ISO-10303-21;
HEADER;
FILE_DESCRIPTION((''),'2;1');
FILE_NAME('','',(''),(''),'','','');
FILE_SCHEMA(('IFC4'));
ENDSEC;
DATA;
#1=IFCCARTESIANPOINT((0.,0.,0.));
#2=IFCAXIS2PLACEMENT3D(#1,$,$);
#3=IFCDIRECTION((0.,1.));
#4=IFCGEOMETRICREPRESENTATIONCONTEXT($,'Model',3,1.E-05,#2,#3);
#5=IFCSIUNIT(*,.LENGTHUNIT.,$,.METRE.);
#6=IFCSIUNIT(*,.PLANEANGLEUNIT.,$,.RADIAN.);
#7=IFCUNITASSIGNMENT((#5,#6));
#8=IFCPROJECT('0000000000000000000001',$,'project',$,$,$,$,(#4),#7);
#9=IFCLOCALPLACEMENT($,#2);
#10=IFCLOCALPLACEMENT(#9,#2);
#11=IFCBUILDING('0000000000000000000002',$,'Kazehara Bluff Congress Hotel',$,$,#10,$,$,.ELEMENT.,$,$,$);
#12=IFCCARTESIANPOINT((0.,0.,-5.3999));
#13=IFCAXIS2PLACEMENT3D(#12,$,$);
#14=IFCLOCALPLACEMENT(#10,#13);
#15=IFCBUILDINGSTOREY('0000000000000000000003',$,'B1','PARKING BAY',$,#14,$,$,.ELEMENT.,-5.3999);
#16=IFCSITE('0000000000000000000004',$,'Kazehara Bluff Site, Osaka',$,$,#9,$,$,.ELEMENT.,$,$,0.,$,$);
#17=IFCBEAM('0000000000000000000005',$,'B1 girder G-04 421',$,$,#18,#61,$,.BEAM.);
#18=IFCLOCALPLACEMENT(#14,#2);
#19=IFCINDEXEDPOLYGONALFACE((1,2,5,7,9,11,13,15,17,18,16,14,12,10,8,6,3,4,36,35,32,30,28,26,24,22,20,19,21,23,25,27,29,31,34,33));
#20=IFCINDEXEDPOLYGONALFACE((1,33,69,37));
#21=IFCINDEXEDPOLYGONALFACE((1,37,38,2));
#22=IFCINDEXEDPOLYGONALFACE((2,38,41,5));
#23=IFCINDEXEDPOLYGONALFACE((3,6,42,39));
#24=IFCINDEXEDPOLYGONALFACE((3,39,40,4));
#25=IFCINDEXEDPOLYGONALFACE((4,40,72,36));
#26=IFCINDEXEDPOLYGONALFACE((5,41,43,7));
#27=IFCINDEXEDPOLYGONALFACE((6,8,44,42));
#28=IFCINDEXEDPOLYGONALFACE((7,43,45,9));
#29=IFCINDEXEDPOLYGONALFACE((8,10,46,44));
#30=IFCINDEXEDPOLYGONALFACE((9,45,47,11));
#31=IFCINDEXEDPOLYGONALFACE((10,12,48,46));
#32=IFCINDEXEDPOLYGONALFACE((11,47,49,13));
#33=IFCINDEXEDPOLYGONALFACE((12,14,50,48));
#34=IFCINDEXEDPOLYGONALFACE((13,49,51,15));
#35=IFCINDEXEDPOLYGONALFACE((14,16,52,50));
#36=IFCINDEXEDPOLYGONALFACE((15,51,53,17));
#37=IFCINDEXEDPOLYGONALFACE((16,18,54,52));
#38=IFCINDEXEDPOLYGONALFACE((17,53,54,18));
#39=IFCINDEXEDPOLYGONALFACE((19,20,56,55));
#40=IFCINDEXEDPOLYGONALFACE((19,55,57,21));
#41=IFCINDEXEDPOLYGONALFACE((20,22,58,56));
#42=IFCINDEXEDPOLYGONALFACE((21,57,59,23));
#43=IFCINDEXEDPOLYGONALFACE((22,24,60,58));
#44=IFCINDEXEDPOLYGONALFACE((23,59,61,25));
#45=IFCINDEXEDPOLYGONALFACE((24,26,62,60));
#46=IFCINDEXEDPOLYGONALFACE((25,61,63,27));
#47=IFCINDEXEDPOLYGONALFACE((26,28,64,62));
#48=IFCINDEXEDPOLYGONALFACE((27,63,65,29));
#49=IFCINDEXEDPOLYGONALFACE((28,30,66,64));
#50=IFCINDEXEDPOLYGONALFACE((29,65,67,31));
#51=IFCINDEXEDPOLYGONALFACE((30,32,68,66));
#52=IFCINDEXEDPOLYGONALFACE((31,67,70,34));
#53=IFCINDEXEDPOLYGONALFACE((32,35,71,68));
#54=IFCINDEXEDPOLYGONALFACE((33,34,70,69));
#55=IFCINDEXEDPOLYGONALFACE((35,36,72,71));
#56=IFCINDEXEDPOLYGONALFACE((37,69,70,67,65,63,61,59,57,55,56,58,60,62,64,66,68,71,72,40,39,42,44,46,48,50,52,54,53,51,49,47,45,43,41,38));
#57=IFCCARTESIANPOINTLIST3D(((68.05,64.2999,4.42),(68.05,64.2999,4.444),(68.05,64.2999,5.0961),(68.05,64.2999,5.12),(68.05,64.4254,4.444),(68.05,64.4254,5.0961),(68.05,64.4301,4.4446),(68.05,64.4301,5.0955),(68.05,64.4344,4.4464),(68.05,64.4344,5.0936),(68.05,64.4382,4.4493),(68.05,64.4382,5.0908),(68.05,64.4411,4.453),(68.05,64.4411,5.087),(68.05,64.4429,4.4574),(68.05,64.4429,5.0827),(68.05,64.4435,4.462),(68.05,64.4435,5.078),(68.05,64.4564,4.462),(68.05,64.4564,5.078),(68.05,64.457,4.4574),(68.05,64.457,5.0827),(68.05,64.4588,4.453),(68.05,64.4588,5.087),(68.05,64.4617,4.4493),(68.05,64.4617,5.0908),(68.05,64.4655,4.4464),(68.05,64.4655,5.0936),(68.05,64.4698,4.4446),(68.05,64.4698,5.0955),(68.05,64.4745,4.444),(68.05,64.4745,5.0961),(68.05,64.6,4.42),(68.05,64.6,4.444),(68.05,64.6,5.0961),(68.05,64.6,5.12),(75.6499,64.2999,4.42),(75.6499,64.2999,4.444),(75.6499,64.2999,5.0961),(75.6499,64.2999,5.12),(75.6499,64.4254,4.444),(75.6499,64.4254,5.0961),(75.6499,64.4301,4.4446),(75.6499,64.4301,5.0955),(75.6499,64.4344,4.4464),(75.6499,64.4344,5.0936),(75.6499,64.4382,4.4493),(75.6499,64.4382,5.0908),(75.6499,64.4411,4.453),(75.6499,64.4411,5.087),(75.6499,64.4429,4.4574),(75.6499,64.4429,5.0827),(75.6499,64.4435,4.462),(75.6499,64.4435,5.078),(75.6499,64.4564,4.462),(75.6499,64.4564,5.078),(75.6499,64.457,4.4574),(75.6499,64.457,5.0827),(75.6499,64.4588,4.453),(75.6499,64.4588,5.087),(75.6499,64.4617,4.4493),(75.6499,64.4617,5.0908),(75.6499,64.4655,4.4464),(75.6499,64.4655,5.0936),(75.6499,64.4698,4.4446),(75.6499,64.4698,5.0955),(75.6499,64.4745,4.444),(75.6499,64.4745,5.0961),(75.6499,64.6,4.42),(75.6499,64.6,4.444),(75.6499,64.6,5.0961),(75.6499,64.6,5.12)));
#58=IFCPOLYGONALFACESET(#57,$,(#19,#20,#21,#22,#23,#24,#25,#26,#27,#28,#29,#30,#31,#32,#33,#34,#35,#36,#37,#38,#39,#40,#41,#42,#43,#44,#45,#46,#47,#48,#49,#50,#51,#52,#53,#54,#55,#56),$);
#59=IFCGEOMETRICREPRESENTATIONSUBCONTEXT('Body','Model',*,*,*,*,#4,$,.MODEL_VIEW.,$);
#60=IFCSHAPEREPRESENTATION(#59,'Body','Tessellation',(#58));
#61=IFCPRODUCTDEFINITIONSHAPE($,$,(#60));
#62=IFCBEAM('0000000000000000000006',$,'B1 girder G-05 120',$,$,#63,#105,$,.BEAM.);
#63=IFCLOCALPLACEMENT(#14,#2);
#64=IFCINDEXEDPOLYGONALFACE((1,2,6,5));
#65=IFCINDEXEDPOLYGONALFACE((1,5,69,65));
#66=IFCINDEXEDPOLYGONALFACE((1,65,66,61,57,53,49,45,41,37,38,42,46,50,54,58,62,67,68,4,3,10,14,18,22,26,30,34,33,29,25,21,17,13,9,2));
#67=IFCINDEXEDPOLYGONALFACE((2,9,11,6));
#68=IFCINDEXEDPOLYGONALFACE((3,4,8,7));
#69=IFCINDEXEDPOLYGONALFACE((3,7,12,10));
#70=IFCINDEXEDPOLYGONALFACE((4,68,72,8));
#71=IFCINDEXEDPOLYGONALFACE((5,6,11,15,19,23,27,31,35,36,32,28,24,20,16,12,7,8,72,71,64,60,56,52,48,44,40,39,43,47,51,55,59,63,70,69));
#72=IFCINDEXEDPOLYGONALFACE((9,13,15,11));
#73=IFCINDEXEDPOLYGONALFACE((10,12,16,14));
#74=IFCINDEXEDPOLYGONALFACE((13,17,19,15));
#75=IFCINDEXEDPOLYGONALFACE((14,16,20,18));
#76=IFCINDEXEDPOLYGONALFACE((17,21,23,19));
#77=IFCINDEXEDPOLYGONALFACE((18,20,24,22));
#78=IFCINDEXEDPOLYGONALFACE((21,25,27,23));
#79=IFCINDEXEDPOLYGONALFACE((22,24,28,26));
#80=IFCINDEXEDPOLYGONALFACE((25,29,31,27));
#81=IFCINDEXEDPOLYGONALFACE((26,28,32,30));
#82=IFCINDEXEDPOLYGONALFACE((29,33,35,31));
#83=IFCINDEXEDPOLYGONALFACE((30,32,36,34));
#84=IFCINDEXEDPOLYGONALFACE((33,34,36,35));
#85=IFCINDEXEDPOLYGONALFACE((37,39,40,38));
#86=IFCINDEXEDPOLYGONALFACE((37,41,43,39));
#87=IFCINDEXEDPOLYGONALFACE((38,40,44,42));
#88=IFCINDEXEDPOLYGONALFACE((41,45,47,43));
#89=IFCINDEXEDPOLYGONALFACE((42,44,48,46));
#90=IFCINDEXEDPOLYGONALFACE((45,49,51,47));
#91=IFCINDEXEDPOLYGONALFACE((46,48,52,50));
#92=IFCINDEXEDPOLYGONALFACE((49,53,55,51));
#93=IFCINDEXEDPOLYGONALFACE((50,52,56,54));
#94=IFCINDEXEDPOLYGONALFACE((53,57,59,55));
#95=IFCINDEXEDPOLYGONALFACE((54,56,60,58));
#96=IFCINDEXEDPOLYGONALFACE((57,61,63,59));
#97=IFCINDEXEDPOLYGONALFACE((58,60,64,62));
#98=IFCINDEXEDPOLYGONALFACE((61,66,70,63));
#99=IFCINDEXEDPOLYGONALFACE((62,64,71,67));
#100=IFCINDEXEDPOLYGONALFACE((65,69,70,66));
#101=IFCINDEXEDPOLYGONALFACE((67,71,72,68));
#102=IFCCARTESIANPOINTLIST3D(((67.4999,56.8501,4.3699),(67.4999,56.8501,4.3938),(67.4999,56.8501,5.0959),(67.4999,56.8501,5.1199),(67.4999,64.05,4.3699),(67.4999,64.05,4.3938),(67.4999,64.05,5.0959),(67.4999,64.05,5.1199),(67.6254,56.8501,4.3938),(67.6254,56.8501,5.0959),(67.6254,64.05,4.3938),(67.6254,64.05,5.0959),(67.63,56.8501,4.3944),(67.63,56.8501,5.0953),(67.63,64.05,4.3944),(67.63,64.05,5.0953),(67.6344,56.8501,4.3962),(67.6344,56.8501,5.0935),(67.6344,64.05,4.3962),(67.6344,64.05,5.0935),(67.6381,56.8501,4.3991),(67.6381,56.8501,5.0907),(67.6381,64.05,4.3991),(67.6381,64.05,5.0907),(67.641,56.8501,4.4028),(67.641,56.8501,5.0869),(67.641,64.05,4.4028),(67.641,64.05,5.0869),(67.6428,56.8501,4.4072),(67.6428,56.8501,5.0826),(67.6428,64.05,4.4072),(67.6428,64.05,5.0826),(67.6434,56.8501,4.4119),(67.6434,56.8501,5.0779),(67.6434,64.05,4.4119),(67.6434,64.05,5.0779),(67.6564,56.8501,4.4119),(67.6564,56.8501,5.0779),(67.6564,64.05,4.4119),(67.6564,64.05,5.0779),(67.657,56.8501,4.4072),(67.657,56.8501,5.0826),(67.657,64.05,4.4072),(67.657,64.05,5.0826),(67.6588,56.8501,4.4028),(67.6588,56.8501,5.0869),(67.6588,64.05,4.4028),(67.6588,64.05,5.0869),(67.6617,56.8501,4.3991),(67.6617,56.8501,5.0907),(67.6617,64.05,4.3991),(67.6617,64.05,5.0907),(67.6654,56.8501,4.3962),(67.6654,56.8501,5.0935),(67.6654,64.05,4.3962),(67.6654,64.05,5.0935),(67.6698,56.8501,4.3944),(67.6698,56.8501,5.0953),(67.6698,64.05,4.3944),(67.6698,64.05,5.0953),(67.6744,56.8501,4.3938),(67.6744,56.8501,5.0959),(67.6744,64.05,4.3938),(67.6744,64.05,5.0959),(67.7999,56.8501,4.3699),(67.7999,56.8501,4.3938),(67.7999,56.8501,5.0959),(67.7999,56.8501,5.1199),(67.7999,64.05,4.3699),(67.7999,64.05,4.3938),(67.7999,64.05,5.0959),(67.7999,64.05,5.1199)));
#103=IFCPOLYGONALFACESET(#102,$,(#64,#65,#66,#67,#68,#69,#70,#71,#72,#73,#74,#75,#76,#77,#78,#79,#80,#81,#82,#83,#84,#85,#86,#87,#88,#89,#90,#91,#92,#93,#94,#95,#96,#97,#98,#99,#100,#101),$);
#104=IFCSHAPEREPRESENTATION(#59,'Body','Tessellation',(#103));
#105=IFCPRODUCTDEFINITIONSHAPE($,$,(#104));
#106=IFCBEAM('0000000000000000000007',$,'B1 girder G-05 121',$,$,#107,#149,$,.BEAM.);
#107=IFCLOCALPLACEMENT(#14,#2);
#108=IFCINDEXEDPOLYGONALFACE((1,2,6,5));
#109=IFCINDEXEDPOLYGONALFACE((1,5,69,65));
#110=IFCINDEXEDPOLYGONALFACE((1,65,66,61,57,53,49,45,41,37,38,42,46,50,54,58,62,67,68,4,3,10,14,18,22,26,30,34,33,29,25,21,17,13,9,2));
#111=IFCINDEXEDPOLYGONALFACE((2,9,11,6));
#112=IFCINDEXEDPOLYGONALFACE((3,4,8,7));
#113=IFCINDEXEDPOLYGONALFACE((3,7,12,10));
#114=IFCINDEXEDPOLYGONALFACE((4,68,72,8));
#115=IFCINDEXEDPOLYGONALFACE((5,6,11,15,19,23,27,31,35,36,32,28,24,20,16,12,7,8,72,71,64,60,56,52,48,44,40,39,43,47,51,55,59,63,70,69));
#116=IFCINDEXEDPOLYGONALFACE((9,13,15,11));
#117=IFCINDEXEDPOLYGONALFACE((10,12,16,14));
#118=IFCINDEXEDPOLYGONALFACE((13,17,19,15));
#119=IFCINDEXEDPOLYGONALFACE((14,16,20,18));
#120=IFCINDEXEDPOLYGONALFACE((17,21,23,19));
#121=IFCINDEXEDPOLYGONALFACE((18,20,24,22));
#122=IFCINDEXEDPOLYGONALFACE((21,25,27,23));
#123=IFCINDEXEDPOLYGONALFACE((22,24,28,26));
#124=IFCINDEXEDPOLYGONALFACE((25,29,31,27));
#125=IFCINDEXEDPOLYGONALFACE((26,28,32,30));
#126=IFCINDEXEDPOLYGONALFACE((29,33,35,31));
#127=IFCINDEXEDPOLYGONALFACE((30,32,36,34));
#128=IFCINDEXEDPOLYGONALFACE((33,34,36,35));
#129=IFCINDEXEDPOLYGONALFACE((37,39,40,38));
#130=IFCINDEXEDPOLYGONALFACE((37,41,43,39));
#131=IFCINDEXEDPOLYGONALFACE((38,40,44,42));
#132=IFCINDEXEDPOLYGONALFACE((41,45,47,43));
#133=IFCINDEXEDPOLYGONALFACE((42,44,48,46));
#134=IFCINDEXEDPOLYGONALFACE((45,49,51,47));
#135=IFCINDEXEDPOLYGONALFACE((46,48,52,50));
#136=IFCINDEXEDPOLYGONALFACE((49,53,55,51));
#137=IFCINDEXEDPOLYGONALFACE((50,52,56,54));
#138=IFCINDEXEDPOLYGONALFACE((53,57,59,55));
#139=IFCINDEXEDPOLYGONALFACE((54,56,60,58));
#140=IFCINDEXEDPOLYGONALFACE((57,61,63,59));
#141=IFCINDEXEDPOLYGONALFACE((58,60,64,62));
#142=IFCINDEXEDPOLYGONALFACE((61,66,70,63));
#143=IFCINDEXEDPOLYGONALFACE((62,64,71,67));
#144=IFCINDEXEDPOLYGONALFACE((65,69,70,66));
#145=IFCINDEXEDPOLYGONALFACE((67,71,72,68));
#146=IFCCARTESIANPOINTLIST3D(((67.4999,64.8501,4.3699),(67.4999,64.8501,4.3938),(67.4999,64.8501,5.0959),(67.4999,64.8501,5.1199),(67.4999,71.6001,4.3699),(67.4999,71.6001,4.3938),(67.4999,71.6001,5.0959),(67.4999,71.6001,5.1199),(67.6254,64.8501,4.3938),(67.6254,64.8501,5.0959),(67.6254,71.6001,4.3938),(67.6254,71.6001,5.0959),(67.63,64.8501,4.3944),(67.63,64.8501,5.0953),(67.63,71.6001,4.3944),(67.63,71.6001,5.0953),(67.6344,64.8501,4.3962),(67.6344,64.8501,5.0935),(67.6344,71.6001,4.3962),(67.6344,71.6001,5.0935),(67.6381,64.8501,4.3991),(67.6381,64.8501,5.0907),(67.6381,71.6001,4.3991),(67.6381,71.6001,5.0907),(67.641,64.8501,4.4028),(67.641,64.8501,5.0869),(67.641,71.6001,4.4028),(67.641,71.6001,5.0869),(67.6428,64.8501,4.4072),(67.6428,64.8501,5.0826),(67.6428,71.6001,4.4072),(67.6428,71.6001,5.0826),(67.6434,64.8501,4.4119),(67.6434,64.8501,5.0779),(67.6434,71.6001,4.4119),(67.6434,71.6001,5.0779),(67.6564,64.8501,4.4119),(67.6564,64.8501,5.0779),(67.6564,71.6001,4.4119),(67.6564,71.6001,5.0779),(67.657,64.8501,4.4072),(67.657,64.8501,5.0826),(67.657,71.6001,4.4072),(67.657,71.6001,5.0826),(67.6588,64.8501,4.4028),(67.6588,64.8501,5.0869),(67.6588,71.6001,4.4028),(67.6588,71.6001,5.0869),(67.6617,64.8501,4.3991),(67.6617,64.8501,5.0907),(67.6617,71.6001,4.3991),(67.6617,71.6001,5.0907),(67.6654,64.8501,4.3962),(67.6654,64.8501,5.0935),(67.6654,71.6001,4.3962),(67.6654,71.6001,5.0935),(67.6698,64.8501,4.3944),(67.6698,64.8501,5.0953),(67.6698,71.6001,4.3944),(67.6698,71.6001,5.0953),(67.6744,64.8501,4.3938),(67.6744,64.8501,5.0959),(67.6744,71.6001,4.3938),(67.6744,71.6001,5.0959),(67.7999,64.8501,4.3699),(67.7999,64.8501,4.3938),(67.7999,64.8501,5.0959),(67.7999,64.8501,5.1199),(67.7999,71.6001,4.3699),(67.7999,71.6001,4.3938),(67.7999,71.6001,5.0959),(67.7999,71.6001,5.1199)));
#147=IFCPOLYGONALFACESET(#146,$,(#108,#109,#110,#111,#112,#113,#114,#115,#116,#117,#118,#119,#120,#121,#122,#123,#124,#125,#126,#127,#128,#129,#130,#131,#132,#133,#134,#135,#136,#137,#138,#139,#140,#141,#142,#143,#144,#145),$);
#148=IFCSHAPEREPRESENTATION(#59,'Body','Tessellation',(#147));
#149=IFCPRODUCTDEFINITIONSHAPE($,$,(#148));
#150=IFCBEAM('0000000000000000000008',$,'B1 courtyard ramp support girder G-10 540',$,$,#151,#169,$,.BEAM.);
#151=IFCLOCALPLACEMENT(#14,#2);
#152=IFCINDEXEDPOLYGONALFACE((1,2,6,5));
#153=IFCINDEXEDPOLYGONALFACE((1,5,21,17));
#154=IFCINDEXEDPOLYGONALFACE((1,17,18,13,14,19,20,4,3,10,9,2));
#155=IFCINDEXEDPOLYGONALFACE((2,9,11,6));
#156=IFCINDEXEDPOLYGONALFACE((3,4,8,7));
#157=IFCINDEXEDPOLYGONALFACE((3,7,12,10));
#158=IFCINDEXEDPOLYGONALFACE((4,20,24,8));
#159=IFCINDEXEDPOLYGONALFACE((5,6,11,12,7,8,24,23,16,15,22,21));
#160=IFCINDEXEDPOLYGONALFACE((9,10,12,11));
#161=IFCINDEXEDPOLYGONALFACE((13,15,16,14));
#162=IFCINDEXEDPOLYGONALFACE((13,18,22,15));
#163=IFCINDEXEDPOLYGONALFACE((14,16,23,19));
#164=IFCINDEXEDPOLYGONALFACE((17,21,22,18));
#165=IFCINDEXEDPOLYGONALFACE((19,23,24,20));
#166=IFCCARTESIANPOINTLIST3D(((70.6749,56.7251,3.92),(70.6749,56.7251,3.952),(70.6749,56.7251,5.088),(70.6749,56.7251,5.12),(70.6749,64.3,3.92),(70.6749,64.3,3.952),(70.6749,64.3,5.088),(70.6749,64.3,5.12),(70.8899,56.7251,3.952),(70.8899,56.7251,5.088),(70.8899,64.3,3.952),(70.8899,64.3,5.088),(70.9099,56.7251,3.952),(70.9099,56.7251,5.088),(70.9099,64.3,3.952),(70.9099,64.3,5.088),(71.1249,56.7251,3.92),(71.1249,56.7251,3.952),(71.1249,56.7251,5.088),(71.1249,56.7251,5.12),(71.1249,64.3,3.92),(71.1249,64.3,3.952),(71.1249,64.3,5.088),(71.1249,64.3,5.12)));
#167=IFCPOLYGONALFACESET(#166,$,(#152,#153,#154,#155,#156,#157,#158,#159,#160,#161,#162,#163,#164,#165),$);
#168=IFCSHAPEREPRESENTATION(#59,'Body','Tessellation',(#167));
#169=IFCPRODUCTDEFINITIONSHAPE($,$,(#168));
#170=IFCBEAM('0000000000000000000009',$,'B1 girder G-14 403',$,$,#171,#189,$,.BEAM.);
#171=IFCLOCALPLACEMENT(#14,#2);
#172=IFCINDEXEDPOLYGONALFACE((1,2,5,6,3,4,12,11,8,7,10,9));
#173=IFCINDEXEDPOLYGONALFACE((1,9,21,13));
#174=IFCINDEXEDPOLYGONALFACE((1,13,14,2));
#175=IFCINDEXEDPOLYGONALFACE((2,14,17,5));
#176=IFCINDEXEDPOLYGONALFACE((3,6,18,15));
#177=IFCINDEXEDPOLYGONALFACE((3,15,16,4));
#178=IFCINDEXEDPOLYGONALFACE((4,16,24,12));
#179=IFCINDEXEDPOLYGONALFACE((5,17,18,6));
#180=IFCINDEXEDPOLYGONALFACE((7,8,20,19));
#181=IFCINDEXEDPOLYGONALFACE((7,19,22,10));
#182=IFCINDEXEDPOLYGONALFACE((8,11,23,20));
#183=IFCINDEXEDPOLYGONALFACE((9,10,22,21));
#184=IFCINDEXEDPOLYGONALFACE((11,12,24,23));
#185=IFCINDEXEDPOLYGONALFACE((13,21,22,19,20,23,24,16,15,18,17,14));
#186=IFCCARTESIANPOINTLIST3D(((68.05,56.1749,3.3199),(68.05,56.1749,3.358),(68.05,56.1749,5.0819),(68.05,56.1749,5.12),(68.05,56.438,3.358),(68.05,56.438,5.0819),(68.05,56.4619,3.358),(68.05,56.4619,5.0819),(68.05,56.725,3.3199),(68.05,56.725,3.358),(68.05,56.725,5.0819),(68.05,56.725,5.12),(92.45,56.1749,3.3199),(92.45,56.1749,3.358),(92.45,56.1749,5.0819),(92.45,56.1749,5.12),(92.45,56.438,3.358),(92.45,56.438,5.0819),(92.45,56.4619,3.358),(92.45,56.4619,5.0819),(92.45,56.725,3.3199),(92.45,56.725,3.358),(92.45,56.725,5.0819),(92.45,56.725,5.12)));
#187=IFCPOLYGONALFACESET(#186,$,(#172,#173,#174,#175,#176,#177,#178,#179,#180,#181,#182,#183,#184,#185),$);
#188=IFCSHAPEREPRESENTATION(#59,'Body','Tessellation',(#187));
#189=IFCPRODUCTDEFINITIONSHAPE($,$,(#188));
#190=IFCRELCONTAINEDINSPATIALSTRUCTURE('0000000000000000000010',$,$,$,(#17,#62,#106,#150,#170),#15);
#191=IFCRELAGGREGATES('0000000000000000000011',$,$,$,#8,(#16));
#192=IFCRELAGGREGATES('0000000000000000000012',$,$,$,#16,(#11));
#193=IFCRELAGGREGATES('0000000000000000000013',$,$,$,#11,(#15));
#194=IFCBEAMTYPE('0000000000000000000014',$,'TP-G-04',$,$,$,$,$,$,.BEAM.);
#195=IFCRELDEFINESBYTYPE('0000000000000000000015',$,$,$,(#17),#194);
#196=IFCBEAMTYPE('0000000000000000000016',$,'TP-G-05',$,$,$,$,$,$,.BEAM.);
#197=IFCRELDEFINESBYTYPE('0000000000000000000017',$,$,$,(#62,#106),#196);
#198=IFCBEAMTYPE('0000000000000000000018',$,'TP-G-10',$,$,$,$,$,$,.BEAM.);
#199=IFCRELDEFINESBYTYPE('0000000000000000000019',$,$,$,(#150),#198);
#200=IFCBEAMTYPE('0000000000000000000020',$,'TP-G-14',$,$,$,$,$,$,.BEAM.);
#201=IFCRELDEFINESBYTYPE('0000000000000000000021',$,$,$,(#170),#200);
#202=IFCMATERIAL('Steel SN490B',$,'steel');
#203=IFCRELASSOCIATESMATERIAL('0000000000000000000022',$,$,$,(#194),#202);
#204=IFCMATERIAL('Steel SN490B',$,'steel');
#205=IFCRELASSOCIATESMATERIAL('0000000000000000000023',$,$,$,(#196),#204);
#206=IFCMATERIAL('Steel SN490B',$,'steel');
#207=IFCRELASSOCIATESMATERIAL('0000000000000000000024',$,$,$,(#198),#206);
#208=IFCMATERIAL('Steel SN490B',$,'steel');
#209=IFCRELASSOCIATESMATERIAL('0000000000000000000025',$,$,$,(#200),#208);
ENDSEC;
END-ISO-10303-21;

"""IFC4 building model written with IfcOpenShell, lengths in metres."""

from ifc_helpers import new_model, si_unit, direction, frame, origin, origin_2d, place, context, subcontext, project, spatial, i_section, extrude, material, material_profile, profile_set, type_object, element, save


model = new_model("IFC4")

# Units and contexts
model_context = context("Model", 3, precision=1e-05, world=origin(), true_north=direction((0.0, 1.0)))
body_context = subcontext(model_context, "Body", "Model", "MODEL_VIEW")
ifc_project = project(units=[si_unit("LENGTHUNIT", "METRE"), si_unit("PLANEANGLEUNIT", "RADIAN")], contexts=[model_context])

# Site, building, storey
site_placement = place(None, origin())
site = spatial("IfcSite", under=ifc_project, at=site_placement, Name="Kazehara Bluff Site, Osaka", CompositionType="ELEMENT", RefElevation=0.0)
building_placement = place(site_placement, origin())
building = spatial("IfcBuilding", under=site, at=building_placement, Name="Kazehara Bluff Congress Hotel", CompositionType="ELEMENT")
storey_placement = place(building_placement, frame((0.0, 0.0, -5.3999)))
storey = spatial("IfcBuildingStorey", under=building, at=storey_placement, Name="B1", Description="PARKING BAY", CompositionType="ELEMENT", Elevation=-5.3999)

# Beams
ifc_material_1 = material(Name="Steel SN490B", Category="steel")
ifc_material_profile_1 = material_profile(ifc_material_1, i_section(OverallWidth=0.3, OverallDepth=0.7, WebThickness=0.0129, FlangeThickness=0.0239, FilletRadius=0.0181, at=origin_2d()))
ifc_profile_set_1 = profile_set([ifc_material_profile_1], Name="Steel SN490B")
beam_type_1 = type_object("IfcBeamType", Name="TP-G-04", PredefinedType="BEAM", material=ifc_profile_set_1)
beam_1_placement = place(storey_placement, frame((68.05, 64.45, 4.77), z_axis=(1.0, 0.0, 0.0), x_axis=(0.0, 1.0, 0.0)))
element("IfcBeam", 1, at=beam_1_placement, inside=storey, type_object=beam_type_1, Name="B1 girder G-04 421", PredefinedType="BEAM", context=body_context, shape_type="SweptSolid", body=[
    extrude(i_section(OverallWidth=0.3, OverallDepth=0.7, WebThickness=0.0129, FlangeThickness=0.0239, FilletRadius=0.0181, at=origin_2d()), origin(), (0.0, 0.0, 1.0), 7.5999),
])
ifc_material_2 = material(Name="Steel SN490B", Category="steel")
ifc_material_profile_2 = material_profile(ifc_material_2, i_section(OverallWidth=0.3, OverallDepth=0.75, WebThickness=0.0129, FlangeThickness=0.0239, FilletRadius=0.0181, at=origin_2d()))
ifc_profile_set_2 = profile_set([ifc_material_profile_2], Name="Steel SN490B")
beam_type_2 = type_object("IfcBeamType", Name="TP-G-05", PredefinedType="BEAM", material=ifc_profile_set_2)
beam_2_placement = place(storey_placement, frame((67.6499, 56.8501, 4.7449), z_axis=(0.0, 1.0, 0.0), x_axis=(-1.0, 0.0, 0.0)))
element("IfcBeam", 2, at=beam_2_placement, inside=storey, type_object=beam_type_2, Name="B1 girder G-05 120", PredefinedType="BEAM", context=body_context, shape_type="SweptSolid", body=[
    extrude(i_section(OverallWidth=0.3, OverallDepth=0.75, WebThickness=0.0129, FlangeThickness=0.0239, FilletRadius=0.0181, at=origin_2d()), origin(), (0.0, 0.0, 1.0), 7.2),
])
beam_3_placement = place(storey_placement, frame((67.6499, 64.8501, 4.7449), z_axis=(0.0, 1.0, 0.0), x_axis=(-1.0, 0.0, 0.0)))
element("IfcBeam", 3, at=beam_3_placement, inside=storey, type_object=beam_type_2, Name="B1 girder G-05 121", PredefinedType="BEAM", context=body_context, shape_type="SweptSolid", body=[
    extrude(i_section(OverallWidth=0.3, OverallDepth=0.75, WebThickness=0.0129, FlangeThickness=0.0239, FilletRadius=0.0181, at=origin_2d()), origin(), (0.0, 0.0, 1.0), 6.75),
])
ifc_material_3 = material(Name="Steel SN490B", Category="steel")
ifc_material_profile_3 = material_profile(ifc_material_3, i_section(OverallWidth=0.45, OverallDepth=1.2, WebThickness=0.02, FlangeThickness=0.032, at=origin_2d()))
ifc_profile_set_3 = profile_set([ifc_material_profile_3], Name="Steel SN490B")
beam_type_3 = type_object("IfcBeamType", Name="TP-G-10", PredefinedType="BEAM", material=ifc_profile_set_3)
beam_4_placement = place(storey_placement, frame((70.8999, 56.7251, 4.52), z_axis=(0.0, 1.0, 0.0), x_axis=(-1.0, 0.0, 0.0)))
element("IfcBeam", 4, at=beam_4_placement, inside=storey, type_object=beam_type_3, Name="B1 courtyard ramp support girder G-10 540", PredefinedType="BEAM", context=body_context, shape_type="SweptSolid", body=[
    extrude(i_section(OverallWidth=0.45, OverallDepth=1.2, WebThickness=0.02, FlangeThickness=0.032, at=origin_2d()), origin(), (0.0, 0.0, 1.0), 7.575),
])
ifc_material_4 = material(Name="Steel SN490B", Category="steel")
ifc_material_profile_4 = material_profile(ifc_material_4, i_section(OverallWidth=0.55, OverallDepth=1.8, WebThickness=0.0239, FlangeThickness=0.0381, at=origin_2d()))
ifc_profile_set_4 = profile_set([ifc_material_profile_4], Name="Steel SN490B")
beam_type_4 = type_object("IfcBeamType", Name="TP-G-14", PredefinedType="BEAM", material=ifc_profile_set_4)
beam_5_placement = place(storey_placement, frame((68.05, 56.45, 4.22), z_axis=(1.0, 0.0, 0.0), x_axis=(0.0, 1.0, 0.0)))
element("IfcBeam", 5, at=beam_5_placement, inside=storey, type_object=beam_type_4, Name="B1 girder G-14 403", PredefinedType="BEAM", context=body_context, shape_type="SweptSolid", body=[
    extrude(i_section(OverallWidth=0.55, OverallDepth=1.8, WebThickness=0.0239, FlangeThickness=0.0381, at=origin_2d()), origin(), (0.0, 0.0, 1.0), 24.3999),
])

save(model, "model.ifc")
